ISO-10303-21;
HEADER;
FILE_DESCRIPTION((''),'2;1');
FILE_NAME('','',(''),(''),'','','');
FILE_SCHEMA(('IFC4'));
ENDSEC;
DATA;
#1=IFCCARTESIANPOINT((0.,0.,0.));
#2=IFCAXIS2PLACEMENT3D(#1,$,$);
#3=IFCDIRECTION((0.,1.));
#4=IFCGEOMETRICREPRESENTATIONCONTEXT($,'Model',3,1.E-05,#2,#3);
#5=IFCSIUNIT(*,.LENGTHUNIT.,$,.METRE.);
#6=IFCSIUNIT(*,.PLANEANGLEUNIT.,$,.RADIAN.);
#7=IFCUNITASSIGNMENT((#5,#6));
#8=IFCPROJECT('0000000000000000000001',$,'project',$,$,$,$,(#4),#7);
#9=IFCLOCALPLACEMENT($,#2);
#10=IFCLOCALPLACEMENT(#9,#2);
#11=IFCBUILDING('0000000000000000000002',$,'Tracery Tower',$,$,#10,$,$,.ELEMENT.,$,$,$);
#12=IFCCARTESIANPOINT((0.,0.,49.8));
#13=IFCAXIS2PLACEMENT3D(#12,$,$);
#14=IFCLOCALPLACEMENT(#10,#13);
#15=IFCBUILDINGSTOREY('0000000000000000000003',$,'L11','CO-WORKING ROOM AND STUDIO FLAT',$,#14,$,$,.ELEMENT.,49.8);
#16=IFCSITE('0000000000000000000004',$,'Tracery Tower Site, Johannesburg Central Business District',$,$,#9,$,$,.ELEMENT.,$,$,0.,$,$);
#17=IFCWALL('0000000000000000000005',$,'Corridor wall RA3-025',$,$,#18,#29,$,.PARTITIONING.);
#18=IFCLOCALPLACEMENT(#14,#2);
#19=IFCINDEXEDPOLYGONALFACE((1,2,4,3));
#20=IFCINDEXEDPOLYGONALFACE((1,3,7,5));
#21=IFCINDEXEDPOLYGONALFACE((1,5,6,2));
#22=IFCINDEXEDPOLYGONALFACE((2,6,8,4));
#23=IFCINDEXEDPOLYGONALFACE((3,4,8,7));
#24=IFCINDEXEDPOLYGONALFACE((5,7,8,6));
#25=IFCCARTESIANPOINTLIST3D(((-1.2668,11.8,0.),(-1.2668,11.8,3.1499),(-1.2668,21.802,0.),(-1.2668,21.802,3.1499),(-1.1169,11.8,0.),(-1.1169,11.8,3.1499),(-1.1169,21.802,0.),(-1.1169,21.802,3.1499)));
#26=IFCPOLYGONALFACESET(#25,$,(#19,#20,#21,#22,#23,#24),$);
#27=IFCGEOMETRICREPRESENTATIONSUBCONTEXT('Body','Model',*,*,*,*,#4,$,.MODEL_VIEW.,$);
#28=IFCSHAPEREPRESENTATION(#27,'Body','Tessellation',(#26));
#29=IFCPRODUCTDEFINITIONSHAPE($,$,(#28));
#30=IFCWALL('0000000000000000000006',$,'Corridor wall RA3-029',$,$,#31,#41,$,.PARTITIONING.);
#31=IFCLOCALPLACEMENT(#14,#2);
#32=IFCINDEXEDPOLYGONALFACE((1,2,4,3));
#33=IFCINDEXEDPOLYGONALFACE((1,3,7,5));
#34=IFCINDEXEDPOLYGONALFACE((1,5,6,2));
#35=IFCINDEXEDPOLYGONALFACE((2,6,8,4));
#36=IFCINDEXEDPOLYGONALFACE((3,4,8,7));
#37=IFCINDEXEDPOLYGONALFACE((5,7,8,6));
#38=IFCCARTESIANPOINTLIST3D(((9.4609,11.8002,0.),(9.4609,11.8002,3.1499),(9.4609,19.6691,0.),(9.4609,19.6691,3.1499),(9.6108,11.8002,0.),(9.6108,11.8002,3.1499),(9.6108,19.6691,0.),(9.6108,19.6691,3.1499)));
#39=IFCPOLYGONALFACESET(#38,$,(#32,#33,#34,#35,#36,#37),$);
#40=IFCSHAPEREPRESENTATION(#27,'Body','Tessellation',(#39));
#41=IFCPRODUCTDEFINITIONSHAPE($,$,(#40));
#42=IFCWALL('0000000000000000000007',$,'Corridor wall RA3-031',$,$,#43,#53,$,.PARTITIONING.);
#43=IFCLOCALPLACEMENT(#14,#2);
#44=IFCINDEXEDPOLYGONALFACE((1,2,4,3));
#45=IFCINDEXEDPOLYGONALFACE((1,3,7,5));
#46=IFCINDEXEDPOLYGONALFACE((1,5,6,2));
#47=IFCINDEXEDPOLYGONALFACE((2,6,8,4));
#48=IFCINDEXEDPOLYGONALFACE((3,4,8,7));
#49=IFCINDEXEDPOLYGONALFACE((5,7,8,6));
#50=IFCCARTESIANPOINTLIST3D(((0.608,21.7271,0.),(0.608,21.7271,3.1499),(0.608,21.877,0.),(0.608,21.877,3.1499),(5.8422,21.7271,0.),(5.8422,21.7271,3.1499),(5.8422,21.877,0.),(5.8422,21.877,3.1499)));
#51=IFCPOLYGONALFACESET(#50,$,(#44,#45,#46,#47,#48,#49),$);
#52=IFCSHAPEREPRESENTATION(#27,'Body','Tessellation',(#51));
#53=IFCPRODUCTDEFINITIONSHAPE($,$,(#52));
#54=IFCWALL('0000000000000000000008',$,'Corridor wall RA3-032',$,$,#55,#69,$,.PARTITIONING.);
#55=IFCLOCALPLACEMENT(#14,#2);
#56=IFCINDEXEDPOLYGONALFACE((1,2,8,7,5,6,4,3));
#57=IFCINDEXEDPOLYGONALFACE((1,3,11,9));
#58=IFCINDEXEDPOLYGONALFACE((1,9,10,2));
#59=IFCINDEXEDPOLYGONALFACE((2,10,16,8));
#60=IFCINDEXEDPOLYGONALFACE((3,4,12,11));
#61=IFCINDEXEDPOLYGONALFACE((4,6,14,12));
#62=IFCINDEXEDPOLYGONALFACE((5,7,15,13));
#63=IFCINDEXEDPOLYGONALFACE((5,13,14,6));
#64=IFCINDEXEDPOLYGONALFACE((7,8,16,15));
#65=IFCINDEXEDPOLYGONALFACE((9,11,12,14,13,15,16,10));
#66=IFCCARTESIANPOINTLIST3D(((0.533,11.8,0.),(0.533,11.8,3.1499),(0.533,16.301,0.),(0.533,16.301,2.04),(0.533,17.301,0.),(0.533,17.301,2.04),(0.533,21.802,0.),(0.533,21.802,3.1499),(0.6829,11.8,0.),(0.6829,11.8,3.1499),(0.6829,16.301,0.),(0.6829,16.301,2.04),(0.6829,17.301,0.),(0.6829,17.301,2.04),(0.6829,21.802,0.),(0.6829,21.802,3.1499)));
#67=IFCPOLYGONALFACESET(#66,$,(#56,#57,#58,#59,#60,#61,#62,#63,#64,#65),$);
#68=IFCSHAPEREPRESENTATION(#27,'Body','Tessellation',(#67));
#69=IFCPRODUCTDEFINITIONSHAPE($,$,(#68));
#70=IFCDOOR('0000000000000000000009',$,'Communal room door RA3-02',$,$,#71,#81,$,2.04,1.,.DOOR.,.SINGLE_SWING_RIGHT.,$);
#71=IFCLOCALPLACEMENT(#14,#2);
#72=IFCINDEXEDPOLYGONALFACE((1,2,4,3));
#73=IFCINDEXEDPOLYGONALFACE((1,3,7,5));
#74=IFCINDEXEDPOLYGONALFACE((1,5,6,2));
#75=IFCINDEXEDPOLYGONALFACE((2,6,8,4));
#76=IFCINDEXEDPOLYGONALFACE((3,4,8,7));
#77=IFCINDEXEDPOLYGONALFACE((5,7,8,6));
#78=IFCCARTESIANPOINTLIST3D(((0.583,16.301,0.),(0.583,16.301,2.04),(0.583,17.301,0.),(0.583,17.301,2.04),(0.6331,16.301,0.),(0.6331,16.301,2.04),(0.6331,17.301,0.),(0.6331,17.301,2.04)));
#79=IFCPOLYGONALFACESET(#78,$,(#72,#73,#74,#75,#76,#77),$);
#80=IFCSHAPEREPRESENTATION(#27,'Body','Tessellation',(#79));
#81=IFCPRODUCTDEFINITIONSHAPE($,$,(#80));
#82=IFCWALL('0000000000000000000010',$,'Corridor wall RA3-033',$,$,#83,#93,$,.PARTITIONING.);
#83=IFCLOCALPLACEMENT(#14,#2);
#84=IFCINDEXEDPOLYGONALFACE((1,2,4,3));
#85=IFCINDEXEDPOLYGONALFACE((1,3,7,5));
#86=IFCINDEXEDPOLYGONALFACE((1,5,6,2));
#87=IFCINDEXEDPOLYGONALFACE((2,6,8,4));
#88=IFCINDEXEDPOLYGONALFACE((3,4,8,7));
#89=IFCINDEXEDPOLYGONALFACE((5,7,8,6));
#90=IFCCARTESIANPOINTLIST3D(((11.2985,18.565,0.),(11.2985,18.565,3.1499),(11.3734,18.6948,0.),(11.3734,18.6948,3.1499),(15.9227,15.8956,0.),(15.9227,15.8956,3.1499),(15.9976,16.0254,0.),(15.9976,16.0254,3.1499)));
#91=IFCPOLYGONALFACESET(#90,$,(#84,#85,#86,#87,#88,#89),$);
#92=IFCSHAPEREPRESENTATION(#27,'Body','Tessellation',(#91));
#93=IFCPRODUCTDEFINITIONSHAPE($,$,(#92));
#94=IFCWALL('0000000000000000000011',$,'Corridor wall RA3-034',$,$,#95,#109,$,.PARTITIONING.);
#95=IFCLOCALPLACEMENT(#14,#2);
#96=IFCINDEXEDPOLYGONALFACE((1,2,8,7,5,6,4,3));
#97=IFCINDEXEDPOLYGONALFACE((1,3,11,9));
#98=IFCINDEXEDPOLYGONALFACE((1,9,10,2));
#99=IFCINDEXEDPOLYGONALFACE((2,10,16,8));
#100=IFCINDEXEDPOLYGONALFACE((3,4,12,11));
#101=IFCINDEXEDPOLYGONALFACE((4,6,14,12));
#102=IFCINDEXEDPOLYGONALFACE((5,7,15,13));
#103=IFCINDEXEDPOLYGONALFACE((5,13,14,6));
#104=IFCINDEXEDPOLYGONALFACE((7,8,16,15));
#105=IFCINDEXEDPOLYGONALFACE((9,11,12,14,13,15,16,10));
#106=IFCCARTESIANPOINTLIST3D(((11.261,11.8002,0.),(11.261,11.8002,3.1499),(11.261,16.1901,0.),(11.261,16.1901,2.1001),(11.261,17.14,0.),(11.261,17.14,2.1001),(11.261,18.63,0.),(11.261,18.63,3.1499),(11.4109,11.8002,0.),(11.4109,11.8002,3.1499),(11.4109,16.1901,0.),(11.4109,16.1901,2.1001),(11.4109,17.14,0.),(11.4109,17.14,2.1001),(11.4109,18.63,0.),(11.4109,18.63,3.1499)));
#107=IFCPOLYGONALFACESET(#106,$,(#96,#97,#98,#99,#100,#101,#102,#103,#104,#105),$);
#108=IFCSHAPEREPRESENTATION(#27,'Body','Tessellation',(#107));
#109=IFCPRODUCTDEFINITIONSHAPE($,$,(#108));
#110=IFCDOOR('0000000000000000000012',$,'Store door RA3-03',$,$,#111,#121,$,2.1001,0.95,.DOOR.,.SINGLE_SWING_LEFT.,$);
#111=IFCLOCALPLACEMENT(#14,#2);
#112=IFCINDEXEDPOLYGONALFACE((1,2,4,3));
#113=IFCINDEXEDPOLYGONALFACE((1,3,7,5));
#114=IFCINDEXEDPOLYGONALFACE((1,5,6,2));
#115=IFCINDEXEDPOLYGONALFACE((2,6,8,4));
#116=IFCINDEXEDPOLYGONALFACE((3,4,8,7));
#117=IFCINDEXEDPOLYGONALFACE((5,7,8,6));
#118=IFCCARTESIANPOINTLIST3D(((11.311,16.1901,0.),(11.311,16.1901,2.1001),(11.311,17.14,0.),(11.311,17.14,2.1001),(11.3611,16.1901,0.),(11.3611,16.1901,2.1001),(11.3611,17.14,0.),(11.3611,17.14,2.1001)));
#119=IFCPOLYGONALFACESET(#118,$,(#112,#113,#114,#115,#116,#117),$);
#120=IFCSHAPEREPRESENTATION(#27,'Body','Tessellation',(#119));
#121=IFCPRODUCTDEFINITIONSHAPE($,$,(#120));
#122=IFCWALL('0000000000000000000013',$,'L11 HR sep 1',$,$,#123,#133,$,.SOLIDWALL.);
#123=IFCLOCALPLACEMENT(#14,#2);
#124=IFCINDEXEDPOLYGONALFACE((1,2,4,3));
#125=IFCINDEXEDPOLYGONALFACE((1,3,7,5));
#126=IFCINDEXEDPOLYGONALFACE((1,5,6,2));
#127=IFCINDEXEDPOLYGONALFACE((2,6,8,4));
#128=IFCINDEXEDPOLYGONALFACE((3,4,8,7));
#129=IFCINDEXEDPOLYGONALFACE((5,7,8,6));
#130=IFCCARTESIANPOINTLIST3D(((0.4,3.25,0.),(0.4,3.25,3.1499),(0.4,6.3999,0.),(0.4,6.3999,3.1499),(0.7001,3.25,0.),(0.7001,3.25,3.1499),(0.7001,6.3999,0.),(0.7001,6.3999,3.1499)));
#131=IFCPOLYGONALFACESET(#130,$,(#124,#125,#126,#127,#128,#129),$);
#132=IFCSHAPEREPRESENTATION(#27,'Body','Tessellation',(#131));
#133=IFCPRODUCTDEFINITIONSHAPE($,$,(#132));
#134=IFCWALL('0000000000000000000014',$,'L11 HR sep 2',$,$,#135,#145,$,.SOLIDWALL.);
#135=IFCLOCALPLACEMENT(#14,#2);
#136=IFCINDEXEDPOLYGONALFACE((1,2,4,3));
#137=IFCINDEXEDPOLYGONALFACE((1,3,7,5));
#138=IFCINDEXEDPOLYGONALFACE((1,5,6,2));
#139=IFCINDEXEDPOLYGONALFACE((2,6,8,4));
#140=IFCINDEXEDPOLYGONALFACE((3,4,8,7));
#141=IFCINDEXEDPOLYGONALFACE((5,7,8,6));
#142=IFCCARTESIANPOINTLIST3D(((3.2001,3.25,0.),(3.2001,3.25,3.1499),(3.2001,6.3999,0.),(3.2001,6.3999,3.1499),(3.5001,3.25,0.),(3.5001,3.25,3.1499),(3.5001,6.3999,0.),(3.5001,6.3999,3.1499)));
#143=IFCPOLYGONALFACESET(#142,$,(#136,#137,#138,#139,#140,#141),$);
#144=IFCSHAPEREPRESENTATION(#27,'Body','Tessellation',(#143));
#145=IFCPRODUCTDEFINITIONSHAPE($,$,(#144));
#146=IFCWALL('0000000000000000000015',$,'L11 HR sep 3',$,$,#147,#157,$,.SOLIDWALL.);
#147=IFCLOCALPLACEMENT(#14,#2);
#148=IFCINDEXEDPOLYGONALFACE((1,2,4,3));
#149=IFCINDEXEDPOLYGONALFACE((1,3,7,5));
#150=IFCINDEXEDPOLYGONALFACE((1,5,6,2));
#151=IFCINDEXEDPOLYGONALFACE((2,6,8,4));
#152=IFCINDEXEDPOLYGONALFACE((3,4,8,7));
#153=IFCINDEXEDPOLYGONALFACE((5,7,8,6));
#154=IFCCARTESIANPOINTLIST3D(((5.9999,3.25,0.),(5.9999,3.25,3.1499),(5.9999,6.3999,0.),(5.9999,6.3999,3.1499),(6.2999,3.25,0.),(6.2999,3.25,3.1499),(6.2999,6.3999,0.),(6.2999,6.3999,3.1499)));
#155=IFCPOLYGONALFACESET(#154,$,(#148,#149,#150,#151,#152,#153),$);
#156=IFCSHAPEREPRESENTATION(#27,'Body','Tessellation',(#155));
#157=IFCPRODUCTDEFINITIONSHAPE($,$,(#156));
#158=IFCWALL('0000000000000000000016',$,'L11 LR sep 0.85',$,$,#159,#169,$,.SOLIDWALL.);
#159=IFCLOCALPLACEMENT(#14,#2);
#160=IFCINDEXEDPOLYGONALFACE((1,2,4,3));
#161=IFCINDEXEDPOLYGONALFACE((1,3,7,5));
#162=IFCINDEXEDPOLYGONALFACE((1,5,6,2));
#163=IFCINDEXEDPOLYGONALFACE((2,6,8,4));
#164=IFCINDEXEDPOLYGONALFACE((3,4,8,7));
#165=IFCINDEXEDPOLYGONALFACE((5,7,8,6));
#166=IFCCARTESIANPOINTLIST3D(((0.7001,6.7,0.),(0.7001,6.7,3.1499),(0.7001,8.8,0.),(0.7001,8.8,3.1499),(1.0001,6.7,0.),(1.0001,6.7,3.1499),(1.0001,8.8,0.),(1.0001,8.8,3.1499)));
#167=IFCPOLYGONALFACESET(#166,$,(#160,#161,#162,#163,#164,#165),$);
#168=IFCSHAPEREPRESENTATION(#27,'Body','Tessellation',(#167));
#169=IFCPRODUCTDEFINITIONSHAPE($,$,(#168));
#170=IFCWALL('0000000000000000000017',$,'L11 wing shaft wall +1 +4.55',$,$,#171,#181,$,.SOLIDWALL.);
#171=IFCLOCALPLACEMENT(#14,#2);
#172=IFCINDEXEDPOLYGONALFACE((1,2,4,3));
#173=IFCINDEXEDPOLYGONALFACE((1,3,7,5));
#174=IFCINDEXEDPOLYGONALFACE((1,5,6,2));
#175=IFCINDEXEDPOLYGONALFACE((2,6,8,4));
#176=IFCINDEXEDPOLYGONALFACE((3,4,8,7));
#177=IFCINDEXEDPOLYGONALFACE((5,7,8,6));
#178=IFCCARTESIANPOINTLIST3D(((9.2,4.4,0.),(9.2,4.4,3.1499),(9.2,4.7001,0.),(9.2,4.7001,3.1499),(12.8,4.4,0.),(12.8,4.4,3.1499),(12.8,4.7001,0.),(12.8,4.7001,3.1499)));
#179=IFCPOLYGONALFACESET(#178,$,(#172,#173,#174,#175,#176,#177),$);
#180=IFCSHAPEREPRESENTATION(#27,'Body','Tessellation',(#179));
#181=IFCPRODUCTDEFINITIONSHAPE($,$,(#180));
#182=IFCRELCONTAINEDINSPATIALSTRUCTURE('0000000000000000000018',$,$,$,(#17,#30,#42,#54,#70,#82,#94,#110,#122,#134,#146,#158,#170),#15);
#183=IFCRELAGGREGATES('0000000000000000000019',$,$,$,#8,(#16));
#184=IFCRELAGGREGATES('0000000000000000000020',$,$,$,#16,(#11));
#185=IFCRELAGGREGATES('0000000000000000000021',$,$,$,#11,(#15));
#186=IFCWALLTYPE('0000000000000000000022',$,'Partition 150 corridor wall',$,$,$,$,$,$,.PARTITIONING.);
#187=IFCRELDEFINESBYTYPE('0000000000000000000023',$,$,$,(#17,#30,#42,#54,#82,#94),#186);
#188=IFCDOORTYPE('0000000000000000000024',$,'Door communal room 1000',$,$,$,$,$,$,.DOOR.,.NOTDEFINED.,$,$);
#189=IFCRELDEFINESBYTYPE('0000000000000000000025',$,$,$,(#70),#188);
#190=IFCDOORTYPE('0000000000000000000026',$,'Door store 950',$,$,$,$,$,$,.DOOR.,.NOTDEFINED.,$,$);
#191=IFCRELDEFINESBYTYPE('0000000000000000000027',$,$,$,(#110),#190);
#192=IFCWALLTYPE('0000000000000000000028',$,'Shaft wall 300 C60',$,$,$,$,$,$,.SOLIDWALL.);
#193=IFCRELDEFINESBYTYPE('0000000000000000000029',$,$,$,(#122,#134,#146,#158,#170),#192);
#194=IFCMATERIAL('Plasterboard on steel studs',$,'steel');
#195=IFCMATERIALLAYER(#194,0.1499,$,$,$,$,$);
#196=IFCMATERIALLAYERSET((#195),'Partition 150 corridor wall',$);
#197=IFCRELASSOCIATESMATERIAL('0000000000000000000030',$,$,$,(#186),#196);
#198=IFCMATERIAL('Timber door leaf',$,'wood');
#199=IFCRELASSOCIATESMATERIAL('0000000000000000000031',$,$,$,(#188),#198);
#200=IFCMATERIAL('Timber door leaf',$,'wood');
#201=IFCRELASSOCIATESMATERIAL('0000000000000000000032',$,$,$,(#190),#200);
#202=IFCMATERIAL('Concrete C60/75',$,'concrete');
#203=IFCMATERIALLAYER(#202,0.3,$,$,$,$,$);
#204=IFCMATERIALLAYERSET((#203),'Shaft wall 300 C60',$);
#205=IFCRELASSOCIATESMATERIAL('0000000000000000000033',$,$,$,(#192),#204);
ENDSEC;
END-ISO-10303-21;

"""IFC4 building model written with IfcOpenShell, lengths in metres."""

from ifc_helpers import new_model, si_unit, direction, frame, frame_2d, origin, place, context, subcontext, project, spatial, rectangle, extrude, material, layer, layer_set, type_object, element, fill, save


model = new_model("IFC4")

# Units and contexts
model_context = context("Model", 3, precision=1e-05, world=origin(), true_north=direction((0.0, 1.0)))
body_context = subcontext(model_context, "Body", "Model", "MODEL_VIEW")
ifc_project = project(units=[si_unit("LENGTHUNIT", "METRE"), si_unit("PLANEANGLEUNIT", "RADIAN")], contexts=[model_context])

# Site, building, storey
site_placement = place(None, origin())
site = spatial("IfcSite", under=ifc_project, at=site_placement, Name="Tracery Tower Site, Johannesburg Central Business District", CompositionType="ELEMENT", RefElevation=0.0)
building_placement = place(site_placement, origin())
building = spatial("IfcBuilding", under=site, at=building_placement, Name="Tracery Tower", CompositionType="ELEMENT")
storey_placement = place(building_placement, frame((0.0, 0.0, 49.8)))
storey = spatial("IfcBuildingStorey", under=building, at=storey_placement, Name="L11", Description="CO-WORKING ROOM AND STUDIO FLAT", CompositionType="ELEMENT", Elevation=49.8)

# Walls
ifc_material_1 = material(Name="Plasterboard on steel studs", Category="steel")
ifc_layer_1 = layer(ifc_material_1, 0.1499)
ifc_layer_set_1 = layer_set([ifc_layer_1], Name="Partition 150 corridor wall")
wall_type_1 = type_object("IfcWallType", Name="Partition 150 corridor wall", PredefinedType="PARTITIONING", material=ifc_layer_set_1)
wall_1_placement = place(storey_placement, frame((-1.1919, 11.8, 0.0), z_axis=(0.0, 0.0, 1.0), x_axis=(0.0, 1.0, 0.0)))
element("IfcWall", 1, at=wall_1_placement, inside=storey, type_object=wall_type_1, Name="Corridor wall RA3-025", PredefinedType="PARTITIONING", context=body_context, shape_type="SweptSolid", body=[
    extrude(rectangle(XDim=10.002, YDim=0.1499, at=frame_2d((5.001, 0.0))), origin(), (0.0, 0.0, 1.0), 3.1499),
])
wall_2_placement = place(storey_placement, frame((9.5359, 11.8, 0.0), z_axis=(0.0, 0.0, 1.0), x_axis=(0.0, 1.0, 0.0)))
element("IfcWall", 2, at=wall_2_placement, inside=storey, type_object=wall_type_1, Name="Corridor wall RA3-029", PredefinedType="PARTITIONING", context=body_context, shape_type="SweptSolid", body=[
    extrude(rectangle(XDim=7.8689, YDim=0.1499, at=frame_2d((3.9346, 0.0))), origin(), (0.0, 0.0, 1.0), 3.1499),
])
wall_3_placement = place(storey_placement, frame((0.6079, 21.802, 0.0), z_axis=(0.0, 0.0, 1.0), x_axis=(1.0, 0.0, 0.0)))
element("IfcWall", 3, at=wall_3_placement, inside=storey, type_object=wall_type_1, Name="Corridor wall RA3-031", PredefinedType="PARTITIONING", context=body_context, shape_type="SweptSolid", body=[
    extrude(rectangle(XDim=5.2341, YDim=0.1499, at=frame_2d((2.6172, 0.0))), origin(), (0.0, 0.0, 1.0), 3.1499),
])

# Wall, opening, door
wall_4_placement = place(storey_placement, frame((0.6079, 11.8, 0.0), z_axis=(0.0, 0.0, 1.0), x_axis=(0.0, 1.0, 0.0)))
wall_4 = element("IfcWall", 4, at=wall_4_placement, inside=storey, type_object=wall_type_1, Name="Corridor wall RA3-032", PredefinedType="PARTITIONING", context=body_context, shape_type="SweptSolid", body=[
    extrude(rectangle(XDim=10.002, YDim=0.1499, at=frame_2d((5.001, 0.0))), origin(), (0.0, 0.0, 1.0), 3.1499),
])
opening_1_placement = place(wall_4_placement, frame((4.501, 0.0, 0.0)))
opening_1 = element("IfcOpeningElement", 5, at=opening_1_placement, cuts=wall_4, PredefinedType="OPENING", context=body_context, shape_type="SweptSolid", body=[
    extrude(rectangle(XDim=1.0, YDim=2.04, at=frame_2d((0.5, 1.02))), frame((0.0, 0.075, 0.0), z_axis=(0.0, -1.0, 0.0), x_axis=(1.0, 0.0, 0.0)), (0.0, 0.0, 1.0), 0.1499),
])
ifc_material_2 = material(Name="Timber door leaf", Category="wood")
door_type_1 = type_object("IfcDoorType", Name="Door communal room 1000", OperationType="NOTDEFINED", PredefinedType="DOOR", material=ifc_material_2)
door_1_placement = place(opening_1_placement, origin())
door_1 = element("IfcDoor", 6, at=door_1_placement, inside=storey, type_object=door_type_1, Name="Communal room door RA3-02", OperationType="SINGLE_SWING_RIGHT", OverallHeight=2.04, OverallWidth=1.0, PredefinedType="DOOR", context=body_context, shape_type="SweptSolid", body=[
    extrude(rectangle(XDim=1.0, YDim=2.04, at=frame_2d((0.5, 1.02))), frame((0.0, 0.0249, 0.0), z_axis=(0.0, -1.0, 0.0), x_axis=(1.0, 0.0, 0.0)), (0.0, 0.0, 1.0), 0.05),
])
fill(opening_1, door_1)

# Wall
wall_5_placement = place(storey_placement, frame((11.3359, 18.6299, 0.0), z_axis=(0.0, 0.0, 1.0), x_axis=(0.866057, -0.499945, 0.0)))
element("IfcWall", 7, at=wall_5_placement, inside=storey, type_object=wall_type_1, Name="Corridor wall RA3-033", PredefinedType="PARTITIONING", context=body_context, shape_type="SweptSolid", body=[
    extrude(rectangle(XDim=5.3394, YDim=0.1499, at=frame_2d((2.6697, 0.0))), origin(), (0.0, 0.0, 1.0), 3.1499),
])

# Wall, opening, door
wall_6_placement = place(storey_placement, frame((11.3359, 11.8, 0.0), z_axis=(0.0, 0.0, 1.0), x_axis=(0.0, 1.0, 0.0)))
wall_6 = element("IfcWall", 8, at=wall_6_placement, inside=storey, type_object=wall_type_1, Name="Corridor wall RA3-034", PredefinedType="PARTITIONING", context=body_context, shape_type="SweptSolid", body=[
    extrude(rectangle(XDim=6.8298, YDim=0.1499, at=frame_2d((3.415, 0.0))), origin(), (0.0, 0.0, 1.0), 3.1499),
])
opening_2_placement = place(wall_6_placement, frame((4.3899, 0.0, 0.0)))
opening_2 = element("IfcOpeningElement", 9, at=opening_2_placement, cuts=wall_6, PredefinedType="OPENING", context=body_context, shape_type="SweptSolid", body=[
    extrude(rectangle(XDim=0.95, YDim=2.1001, at=frame_2d((0.4751, 1.05))), frame((0.0, 0.075, 0.0), z_axis=(0.0, -1.0, 0.0), x_axis=(1.0, 0.0, 0.0)), (0.0, 0.0, 1.0), 0.1499),
])
ifc_material_3 = material(Name="Timber door leaf", Category="wood")
door_type_2 = type_object("IfcDoorType", Name="Door store 950", OperationType="NOTDEFINED", PredefinedType="DOOR", material=ifc_material_3)
door_2_placement = place(opening_2_placement, origin())
door_2 = element("IfcDoor", 10, at=door_2_placement, inside=storey, type_object=door_type_2, Name="Store door RA3-03", OperationType="SINGLE_SWING_LEFT", OverallHeight=2.1001, OverallWidth=0.95, PredefinedType="DOOR", context=body_context, shape_type="SweptSolid", body=[
    extrude(rectangle(XDim=0.95, YDim=2.1001, at=frame_2d((0.4751, 1.05))), frame((0.0, 0.0249, 0.0), z_axis=(0.0, -1.0, 0.0), x_axis=(1.0, 0.0, 0.0)), (0.0, 0.0, 1.0), 0.05),
])
fill(opening_2, door_2)

# Walls
ifc_material_4 = material(Name="Concrete C60/75", Category="concrete")
ifc_layer_2 = layer(ifc_material_4, 0.3)
ifc_layer_set_2 = layer_set([ifc_layer_2], Name="Shaft wall 300 C60")
wall_type_2 = type_object("IfcWallType", Name="Shaft wall 300 C60", PredefinedType="SOLIDWALL", material=ifc_layer_set_2)
for number, where, z_axis, x_axis, name in (
    (11, (0.55, 3.25, 0.0), (0.0, 0.0, 1.0), (0.0, 1.0, 0.0), "L11 HR sep 1"),
    (12, (3.3501, 3.25, 0.0), (0.0, 0.0, 1.0), (0.0, 1.0, 0.0), "L11 HR sep 2"),
    (13, (6.1499, 3.25, 0.0), (0.0, 0.0, 1.0), (0.0, 1.0, 0.0), "L11 HR sep 3"),
):
    element("IfcWall", number, at=place(storey_placement, frame(where, z_axis=z_axis, x_axis=x_axis)), inside=storey, type_object=wall_type_2, Name=name, PredefinedType="SOLIDWALL", context=body_context, shape_type="SweptSolid", body=[
        extrude(rectangle(XDim=3.1499, YDim=0.3, at=frame_2d((1.575, 0.0))), origin(), (0.0, 0.0, 1.0), 3.1499),
    ])
wall_7_placement = place(storey_placement, frame((0.8501, 6.7, 0.0), z_axis=(0.0, 0.0, 1.0), x_axis=(0.0, 1.0, 0.0)))
element("IfcWall", 14, at=wall_7_placement, inside=storey, type_object=wall_type_2, Name="L11 LR sep 0.85", PredefinedType="SOLIDWALL", context=body_context, shape_type="SweptSolid", body=[
    extrude(rectangle(XDim=2.1001, YDim=0.3, at=frame_2d((1.05, 0.0))), origin(), (0.0, 0.0, 1.0), 3.1499),
])
wall_8_placement = place(storey_placement, frame((9.2, 4.55, 0.0), z_axis=(0.0, 0.0, 1.0), x_axis=(1.0, 0.0, 0.0)))
element("IfcWall", 15, at=wall_8_placement, inside=storey, type_object=wall_type_2, Name="L11 wing shaft wall +1 +4.55", PredefinedType="SOLIDWALL", context=body_context, shape_type="SweptSolid", body=[
    extrude(rectangle(XDim=3.6001, YDim=0.3, at=frame_2d((1.8, 0.0))), origin(), (0.0, 0.0, 1.0), 3.1499),
])

save(model, "model.ifc")
